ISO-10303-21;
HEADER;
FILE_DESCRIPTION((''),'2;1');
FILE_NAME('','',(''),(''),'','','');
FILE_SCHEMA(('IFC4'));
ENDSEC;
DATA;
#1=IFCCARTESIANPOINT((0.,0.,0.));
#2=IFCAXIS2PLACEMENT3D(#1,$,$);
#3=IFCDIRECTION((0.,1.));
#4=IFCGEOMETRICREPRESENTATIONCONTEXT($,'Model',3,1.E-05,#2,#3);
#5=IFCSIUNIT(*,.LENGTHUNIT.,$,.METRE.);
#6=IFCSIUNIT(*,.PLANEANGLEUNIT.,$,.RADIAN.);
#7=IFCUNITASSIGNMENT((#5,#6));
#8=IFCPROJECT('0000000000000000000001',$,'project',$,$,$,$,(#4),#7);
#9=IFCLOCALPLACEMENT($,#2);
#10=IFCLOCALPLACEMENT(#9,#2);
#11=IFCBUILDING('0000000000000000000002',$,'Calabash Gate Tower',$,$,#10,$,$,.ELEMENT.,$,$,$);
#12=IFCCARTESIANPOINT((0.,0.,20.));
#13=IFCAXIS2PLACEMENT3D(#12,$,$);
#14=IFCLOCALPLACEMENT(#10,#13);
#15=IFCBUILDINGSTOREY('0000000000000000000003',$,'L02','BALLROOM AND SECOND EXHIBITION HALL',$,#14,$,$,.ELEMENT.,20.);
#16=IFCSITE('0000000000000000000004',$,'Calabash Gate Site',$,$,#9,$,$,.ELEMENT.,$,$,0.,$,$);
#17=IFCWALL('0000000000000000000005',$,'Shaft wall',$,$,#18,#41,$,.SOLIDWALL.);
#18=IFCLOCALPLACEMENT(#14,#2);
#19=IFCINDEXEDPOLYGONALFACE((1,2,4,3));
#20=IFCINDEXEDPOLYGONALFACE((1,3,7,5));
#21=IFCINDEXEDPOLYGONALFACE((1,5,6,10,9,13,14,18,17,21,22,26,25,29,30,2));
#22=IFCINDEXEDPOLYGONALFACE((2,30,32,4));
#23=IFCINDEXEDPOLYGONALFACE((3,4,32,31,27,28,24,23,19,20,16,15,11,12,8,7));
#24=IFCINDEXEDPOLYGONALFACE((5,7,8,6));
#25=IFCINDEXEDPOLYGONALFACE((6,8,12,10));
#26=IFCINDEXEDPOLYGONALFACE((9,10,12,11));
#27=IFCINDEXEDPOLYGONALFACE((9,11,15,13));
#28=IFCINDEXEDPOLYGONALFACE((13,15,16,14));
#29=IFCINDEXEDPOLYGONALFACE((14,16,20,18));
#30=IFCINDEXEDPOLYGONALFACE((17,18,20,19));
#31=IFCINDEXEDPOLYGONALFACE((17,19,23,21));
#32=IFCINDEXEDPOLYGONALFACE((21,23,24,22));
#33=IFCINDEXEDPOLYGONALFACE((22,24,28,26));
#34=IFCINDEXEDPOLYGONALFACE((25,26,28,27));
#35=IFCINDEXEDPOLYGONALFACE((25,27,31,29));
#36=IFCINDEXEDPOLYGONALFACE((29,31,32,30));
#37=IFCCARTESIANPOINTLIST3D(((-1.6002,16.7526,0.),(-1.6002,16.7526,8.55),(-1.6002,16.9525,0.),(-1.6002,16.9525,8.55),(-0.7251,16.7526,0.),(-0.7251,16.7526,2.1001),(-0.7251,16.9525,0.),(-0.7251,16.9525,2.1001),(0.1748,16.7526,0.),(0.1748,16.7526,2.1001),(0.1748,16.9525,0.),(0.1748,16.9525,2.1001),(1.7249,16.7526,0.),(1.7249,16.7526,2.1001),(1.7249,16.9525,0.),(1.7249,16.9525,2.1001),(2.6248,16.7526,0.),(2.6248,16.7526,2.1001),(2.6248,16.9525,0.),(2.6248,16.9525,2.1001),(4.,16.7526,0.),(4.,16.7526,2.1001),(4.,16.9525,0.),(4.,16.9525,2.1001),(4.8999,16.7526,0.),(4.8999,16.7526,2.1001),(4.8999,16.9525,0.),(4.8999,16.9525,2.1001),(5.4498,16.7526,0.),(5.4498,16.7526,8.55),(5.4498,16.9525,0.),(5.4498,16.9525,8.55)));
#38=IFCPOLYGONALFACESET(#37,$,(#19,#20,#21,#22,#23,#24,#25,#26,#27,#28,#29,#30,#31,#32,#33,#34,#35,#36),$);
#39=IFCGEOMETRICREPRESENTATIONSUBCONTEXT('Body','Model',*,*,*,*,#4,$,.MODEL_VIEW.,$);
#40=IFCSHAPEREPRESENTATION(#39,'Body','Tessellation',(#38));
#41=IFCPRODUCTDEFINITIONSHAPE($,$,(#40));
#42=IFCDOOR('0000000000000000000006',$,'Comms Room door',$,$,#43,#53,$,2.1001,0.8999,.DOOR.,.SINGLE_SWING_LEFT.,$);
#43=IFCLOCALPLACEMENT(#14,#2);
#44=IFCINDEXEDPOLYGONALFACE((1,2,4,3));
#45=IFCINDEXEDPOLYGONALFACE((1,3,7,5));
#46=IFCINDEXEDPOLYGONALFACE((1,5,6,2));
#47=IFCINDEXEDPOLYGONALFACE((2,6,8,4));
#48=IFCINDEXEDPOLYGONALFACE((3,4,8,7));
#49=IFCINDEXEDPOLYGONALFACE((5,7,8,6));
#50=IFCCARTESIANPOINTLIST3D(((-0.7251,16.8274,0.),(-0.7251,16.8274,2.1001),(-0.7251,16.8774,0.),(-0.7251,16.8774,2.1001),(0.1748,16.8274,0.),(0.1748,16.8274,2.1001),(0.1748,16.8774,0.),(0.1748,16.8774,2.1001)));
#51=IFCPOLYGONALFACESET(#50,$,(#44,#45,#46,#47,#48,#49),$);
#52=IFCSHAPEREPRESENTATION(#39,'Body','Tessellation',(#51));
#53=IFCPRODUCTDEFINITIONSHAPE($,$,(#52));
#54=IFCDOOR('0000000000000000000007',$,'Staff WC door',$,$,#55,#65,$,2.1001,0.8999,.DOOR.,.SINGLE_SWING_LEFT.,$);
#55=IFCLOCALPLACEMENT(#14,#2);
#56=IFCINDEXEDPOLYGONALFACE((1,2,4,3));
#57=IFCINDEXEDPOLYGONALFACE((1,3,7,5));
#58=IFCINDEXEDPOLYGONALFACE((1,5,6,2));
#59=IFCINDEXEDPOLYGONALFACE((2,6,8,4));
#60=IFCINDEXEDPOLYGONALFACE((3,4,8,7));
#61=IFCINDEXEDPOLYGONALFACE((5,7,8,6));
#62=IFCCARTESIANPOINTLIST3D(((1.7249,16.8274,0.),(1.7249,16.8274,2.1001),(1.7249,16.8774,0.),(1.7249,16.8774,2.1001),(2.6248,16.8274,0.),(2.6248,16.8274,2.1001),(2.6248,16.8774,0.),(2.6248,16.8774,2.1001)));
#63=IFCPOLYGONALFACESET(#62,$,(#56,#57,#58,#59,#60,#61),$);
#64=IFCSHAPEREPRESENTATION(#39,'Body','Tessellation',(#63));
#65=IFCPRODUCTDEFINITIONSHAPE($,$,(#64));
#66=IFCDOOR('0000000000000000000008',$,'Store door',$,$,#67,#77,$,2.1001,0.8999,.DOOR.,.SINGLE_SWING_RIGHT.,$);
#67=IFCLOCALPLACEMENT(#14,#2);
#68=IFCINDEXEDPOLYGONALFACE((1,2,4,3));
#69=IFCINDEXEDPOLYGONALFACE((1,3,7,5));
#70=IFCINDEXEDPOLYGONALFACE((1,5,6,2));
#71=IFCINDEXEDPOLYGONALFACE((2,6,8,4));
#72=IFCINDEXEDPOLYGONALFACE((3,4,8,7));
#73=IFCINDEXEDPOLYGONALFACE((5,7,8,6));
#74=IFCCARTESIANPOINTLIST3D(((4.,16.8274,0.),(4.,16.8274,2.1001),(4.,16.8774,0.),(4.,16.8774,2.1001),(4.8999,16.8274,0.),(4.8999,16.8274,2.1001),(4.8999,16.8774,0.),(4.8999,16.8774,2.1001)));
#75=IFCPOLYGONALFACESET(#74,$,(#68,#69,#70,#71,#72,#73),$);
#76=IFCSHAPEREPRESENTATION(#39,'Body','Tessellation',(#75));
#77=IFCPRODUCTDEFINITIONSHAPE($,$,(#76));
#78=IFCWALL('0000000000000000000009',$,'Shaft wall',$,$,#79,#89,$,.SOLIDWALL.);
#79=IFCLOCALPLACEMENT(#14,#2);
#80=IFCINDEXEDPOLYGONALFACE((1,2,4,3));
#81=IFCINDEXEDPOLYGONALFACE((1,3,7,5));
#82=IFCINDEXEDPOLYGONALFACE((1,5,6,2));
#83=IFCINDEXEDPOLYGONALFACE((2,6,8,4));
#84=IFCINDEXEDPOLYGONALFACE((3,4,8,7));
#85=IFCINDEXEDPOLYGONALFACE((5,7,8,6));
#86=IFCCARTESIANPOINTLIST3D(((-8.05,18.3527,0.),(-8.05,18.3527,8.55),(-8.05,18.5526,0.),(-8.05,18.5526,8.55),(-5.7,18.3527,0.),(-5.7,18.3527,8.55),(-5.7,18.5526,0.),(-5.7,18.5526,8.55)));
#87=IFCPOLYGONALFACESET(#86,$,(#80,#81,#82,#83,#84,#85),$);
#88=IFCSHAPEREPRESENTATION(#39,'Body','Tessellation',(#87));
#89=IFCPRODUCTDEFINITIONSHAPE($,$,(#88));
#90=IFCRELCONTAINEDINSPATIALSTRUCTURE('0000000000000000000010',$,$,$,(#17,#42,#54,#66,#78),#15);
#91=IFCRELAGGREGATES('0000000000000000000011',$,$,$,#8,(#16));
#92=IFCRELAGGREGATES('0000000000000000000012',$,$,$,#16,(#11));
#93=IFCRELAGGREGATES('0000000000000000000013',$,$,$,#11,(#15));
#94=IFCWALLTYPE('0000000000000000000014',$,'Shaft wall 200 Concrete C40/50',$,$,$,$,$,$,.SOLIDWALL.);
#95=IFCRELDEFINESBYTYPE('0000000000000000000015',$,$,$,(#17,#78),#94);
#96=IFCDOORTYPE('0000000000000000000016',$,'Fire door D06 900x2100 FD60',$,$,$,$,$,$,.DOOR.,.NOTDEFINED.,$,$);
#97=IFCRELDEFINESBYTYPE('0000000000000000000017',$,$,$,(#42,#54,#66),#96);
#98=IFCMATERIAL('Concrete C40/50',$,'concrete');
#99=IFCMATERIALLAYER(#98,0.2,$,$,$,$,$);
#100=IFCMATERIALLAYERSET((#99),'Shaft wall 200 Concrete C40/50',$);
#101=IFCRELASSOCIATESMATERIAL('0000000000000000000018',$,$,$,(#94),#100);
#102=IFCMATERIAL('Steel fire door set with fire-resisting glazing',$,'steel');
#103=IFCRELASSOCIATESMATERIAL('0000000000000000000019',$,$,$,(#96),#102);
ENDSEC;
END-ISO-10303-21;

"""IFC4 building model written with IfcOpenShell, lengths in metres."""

from ifc_helpers import new_model, si_unit, direction, frame, frame_2d, origin, place, context, subcontext, project, spatial, rectangle, extrude, material, layer, layer_set, type_object, element, fill, save


model = new_model("IFC4")

# Units and contexts
model_context = context("Model", 3, precision=1e-05, world=origin(), true_north=direction((0.0, 1.0)))
body_context = subcontext(model_context, "Body", "Model", "MODEL_VIEW")
ifc_project = project(units=[si_unit("LENGTHUNIT", "METRE"), si_unit("PLANEANGLEUNIT", "RADIAN")], contexts=[model_context])

# Site, building, storey
site_placement = place(None, origin())
site = spatial("IfcSite", under=ifc_project, at=site_placement, Name="Calabash Gate Site", CompositionType="ELEMENT", RefElevation=0.0)
building_placement = place(site_placement, origin())
building = spatial("IfcBuilding", under=site, at=building_placement, Name="Calabash Gate Tower", CompositionType="ELEMENT")
storey_placement = place(building_placement, frame((0.0, 0.0, 20.0)))
storey = spatial("IfcBuildingStorey", under=building, at=storey_placement, Name="L02", Description="BALLROOM AND SECOND EXHIBITION HALL", CompositionType="ELEMENT", Elevation=20.0)

# Shared definitions
ifc_material_1 = material(Name="Concrete C40/50", Category="concrete")
ifc_layer_1 = layer(ifc_material_1, 0.2)
ifc_layer_set_1 = layer_set([ifc_layer_1], Name="Shaft wall 200 Concrete C40/50")
wall_type_1 = type_object("IfcWallType", Name="Shaft wall 200 Concrete C40/50", PredefinedType="SOLIDWALL", material=ifc_layer_set_1)
ifc_material_2 = material(Name="Steel fire door set with fire-resisting glazing", Category="steel")
door_type_1 = type_object("IfcDoorType", Name="Fire door D06 900x2100 FD60", OperationType="NOTDEFINED", PredefinedType="DOOR", material=ifc_material_2)

# Wall, openings, doors
wall_1_placement = place(storey_placement, frame((-1.6001, 16.8525, 0.0), z_axis=(0.0, 0.0, 1.0), x_axis=(1.0, 0.0, 0.0)))
wall_1 = element("IfcWall", 1, at=wall_1_placement, inside=storey, type_object=wall_type_1, Name="Shaft wall", PredefinedType="SOLIDWALL", context=body_context, shape_type="SweptSolid", body=[
    extrude(rectangle(XDim=7.05, YDim=0.2, at=frame_2d((3.5249, 0.0))), origin(), (0.0, 0.0, 1.0), 8.55),
])
opening_1_placement = place(wall_1_placement, frame((0.875, 0.0, 0.0)))
opening_1 = element("IfcOpeningElement", 2, at=opening_1_placement, cuts=wall_1, PredefinedType="OPENING", context=body_context, shape_type="SweptSolid", body=[
    extrude(rectangle(XDim=0.8999, YDim=2.1001, at=frame_2d((0.45, 1.05))), frame((0.0, 0.1099, 0.0), z_axis=(0.0, -1.0, 0.0), x_axis=(1.0, 0.0, 0.0)), (0.0, 0.0, 1.0), 0.22),
])
opening_2_placement = place(wall_1_placement, frame((3.325, 0.0, 0.0)))
opening_2 = element("IfcOpeningElement", 3, at=opening_2_placement, cuts=wall_1, PredefinedType="OPENING", context=body_context, shape_type="SweptSolid", body=[
    extrude(rectangle(XDim=0.8999, YDim=2.1001, at=frame_2d((0.45, 1.05))), frame((0.0, 0.1099, 0.0), z_axis=(0.0, -1.0, 0.0), x_axis=(1.0, 0.0, 0.0)), (0.0, 0.0, 1.0), 0.22),
])
opening_3_placement = place(wall_1_placement, frame((5.6001, 0.0, 0.0)))
opening_3 = element("IfcOpeningElement", 4, at=opening_3_placement, cuts=wall_1, PredefinedType="OPENING", context=body_context, shape_type="SweptSolid", body=[
    extrude(rectangle(XDim=0.8999, YDim=2.1001, at=frame_2d((0.45, 1.05))), frame((0.0, 0.1099, 0.0), z_axis=(0.0, -1.0, 0.0), x_axis=(1.0, 0.0, 0.0)), (0.0, 0.0, 1.0), 0.22),
])
door_1_placement = place(opening_1_placement, origin())
door_1 = element("IfcDoor", 5, at=door_1_placement, inside=storey, type_object=door_type_1, Name="Comms Room door", OperationType="SINGLE_SWING_LEFT", OverallHeight=2.1001, OverallWidth=0.8999, PredefinedType="DOOR", context=body_context, shape_type="SweptSolid", body=[
    extrude(rectangle(XDim=0.8999, YDim=2.1001, at=frame_2d((0.45, 1.05))), frame((0.0, 0.0249, 0.0), z_axis=(0.0, -1.0, 0.0), x_axis=(1.0, 0.0, 0.0)), (0.0, 0.0, 1.0), 0.05),
])
fill(opening_1, door_1)
door_2_placement = place(opening_2_placement, origin())
door_2 = element("IfcDoor", 6, at=door_2_placement, inside=storey, type_object=door_type_1, Name="Staff WC door", OperationType="SINGLE_SWING_LEFT", OverallHeight=2.1001, OverallWidth=0.8999, PredefinedType="DOOR", context=body_context, shape_type="SweptSolid", body=[
    extrude(rectangle(XDim=0.8999, YDim=2.1001, at=frame_2d((0.45, 1.05))), frame((0.0, 0.0249, 0.0), z_axis=(0.0, -1.0, 0.0), x_axis=(1.0, 0.0, 0.0)), (0.0, 0.0, 1.0), 0.05),
])
fill(opening_2, door_2)
door_3_placement = place(opening_3_placement, origin())
door_3 = element("IfcDoor", 7, at=door_3_placement, inside=storey, type_object=door_type_1, Name="Store door", OperationType="SINGLE_SWING_RIGHT", OverallHeight=2.1001, OverallWidth=0.8999, PredefinedType="DOOR", context=body_context, shape_type="SweptSolid", body=[
    extrude(rectangle(XDim=0.8999, YDim=2.1001, at=frame_2d((0.45, 1.05))), frame((0.0, 0.0249, 0.0), z_axis=(0.0, -1.0, 0.0), x_axis=(1.0, 0.0, 0.0)), (0.0, 0.0, 1.0), 0.05),
])
fill(opening_3, door_3)

# Wall
wall_2_placement = place(storey_placement, frame((-8.05, 18.4526, 0.0), z_axis=(0.0, 0.0, 1.0), x_axis=(1.0, 0.0, 0.0)))
element("IfcWall", 8, at=wall_2_placement, inside=storey, type_object=wall_type_1, Name="Shaft wall", PredefinedType="SOLIDWALL", context=body_context, shape_type="SweptSolid", body=[
    extrude(rectangle(XDim=2.3501, YDim=0.2, at=frame_2d((1.175, 0.0))), origin(), (0.0, 0.0, 1.0), 8.55),
])

save(model, "model.ifc")
